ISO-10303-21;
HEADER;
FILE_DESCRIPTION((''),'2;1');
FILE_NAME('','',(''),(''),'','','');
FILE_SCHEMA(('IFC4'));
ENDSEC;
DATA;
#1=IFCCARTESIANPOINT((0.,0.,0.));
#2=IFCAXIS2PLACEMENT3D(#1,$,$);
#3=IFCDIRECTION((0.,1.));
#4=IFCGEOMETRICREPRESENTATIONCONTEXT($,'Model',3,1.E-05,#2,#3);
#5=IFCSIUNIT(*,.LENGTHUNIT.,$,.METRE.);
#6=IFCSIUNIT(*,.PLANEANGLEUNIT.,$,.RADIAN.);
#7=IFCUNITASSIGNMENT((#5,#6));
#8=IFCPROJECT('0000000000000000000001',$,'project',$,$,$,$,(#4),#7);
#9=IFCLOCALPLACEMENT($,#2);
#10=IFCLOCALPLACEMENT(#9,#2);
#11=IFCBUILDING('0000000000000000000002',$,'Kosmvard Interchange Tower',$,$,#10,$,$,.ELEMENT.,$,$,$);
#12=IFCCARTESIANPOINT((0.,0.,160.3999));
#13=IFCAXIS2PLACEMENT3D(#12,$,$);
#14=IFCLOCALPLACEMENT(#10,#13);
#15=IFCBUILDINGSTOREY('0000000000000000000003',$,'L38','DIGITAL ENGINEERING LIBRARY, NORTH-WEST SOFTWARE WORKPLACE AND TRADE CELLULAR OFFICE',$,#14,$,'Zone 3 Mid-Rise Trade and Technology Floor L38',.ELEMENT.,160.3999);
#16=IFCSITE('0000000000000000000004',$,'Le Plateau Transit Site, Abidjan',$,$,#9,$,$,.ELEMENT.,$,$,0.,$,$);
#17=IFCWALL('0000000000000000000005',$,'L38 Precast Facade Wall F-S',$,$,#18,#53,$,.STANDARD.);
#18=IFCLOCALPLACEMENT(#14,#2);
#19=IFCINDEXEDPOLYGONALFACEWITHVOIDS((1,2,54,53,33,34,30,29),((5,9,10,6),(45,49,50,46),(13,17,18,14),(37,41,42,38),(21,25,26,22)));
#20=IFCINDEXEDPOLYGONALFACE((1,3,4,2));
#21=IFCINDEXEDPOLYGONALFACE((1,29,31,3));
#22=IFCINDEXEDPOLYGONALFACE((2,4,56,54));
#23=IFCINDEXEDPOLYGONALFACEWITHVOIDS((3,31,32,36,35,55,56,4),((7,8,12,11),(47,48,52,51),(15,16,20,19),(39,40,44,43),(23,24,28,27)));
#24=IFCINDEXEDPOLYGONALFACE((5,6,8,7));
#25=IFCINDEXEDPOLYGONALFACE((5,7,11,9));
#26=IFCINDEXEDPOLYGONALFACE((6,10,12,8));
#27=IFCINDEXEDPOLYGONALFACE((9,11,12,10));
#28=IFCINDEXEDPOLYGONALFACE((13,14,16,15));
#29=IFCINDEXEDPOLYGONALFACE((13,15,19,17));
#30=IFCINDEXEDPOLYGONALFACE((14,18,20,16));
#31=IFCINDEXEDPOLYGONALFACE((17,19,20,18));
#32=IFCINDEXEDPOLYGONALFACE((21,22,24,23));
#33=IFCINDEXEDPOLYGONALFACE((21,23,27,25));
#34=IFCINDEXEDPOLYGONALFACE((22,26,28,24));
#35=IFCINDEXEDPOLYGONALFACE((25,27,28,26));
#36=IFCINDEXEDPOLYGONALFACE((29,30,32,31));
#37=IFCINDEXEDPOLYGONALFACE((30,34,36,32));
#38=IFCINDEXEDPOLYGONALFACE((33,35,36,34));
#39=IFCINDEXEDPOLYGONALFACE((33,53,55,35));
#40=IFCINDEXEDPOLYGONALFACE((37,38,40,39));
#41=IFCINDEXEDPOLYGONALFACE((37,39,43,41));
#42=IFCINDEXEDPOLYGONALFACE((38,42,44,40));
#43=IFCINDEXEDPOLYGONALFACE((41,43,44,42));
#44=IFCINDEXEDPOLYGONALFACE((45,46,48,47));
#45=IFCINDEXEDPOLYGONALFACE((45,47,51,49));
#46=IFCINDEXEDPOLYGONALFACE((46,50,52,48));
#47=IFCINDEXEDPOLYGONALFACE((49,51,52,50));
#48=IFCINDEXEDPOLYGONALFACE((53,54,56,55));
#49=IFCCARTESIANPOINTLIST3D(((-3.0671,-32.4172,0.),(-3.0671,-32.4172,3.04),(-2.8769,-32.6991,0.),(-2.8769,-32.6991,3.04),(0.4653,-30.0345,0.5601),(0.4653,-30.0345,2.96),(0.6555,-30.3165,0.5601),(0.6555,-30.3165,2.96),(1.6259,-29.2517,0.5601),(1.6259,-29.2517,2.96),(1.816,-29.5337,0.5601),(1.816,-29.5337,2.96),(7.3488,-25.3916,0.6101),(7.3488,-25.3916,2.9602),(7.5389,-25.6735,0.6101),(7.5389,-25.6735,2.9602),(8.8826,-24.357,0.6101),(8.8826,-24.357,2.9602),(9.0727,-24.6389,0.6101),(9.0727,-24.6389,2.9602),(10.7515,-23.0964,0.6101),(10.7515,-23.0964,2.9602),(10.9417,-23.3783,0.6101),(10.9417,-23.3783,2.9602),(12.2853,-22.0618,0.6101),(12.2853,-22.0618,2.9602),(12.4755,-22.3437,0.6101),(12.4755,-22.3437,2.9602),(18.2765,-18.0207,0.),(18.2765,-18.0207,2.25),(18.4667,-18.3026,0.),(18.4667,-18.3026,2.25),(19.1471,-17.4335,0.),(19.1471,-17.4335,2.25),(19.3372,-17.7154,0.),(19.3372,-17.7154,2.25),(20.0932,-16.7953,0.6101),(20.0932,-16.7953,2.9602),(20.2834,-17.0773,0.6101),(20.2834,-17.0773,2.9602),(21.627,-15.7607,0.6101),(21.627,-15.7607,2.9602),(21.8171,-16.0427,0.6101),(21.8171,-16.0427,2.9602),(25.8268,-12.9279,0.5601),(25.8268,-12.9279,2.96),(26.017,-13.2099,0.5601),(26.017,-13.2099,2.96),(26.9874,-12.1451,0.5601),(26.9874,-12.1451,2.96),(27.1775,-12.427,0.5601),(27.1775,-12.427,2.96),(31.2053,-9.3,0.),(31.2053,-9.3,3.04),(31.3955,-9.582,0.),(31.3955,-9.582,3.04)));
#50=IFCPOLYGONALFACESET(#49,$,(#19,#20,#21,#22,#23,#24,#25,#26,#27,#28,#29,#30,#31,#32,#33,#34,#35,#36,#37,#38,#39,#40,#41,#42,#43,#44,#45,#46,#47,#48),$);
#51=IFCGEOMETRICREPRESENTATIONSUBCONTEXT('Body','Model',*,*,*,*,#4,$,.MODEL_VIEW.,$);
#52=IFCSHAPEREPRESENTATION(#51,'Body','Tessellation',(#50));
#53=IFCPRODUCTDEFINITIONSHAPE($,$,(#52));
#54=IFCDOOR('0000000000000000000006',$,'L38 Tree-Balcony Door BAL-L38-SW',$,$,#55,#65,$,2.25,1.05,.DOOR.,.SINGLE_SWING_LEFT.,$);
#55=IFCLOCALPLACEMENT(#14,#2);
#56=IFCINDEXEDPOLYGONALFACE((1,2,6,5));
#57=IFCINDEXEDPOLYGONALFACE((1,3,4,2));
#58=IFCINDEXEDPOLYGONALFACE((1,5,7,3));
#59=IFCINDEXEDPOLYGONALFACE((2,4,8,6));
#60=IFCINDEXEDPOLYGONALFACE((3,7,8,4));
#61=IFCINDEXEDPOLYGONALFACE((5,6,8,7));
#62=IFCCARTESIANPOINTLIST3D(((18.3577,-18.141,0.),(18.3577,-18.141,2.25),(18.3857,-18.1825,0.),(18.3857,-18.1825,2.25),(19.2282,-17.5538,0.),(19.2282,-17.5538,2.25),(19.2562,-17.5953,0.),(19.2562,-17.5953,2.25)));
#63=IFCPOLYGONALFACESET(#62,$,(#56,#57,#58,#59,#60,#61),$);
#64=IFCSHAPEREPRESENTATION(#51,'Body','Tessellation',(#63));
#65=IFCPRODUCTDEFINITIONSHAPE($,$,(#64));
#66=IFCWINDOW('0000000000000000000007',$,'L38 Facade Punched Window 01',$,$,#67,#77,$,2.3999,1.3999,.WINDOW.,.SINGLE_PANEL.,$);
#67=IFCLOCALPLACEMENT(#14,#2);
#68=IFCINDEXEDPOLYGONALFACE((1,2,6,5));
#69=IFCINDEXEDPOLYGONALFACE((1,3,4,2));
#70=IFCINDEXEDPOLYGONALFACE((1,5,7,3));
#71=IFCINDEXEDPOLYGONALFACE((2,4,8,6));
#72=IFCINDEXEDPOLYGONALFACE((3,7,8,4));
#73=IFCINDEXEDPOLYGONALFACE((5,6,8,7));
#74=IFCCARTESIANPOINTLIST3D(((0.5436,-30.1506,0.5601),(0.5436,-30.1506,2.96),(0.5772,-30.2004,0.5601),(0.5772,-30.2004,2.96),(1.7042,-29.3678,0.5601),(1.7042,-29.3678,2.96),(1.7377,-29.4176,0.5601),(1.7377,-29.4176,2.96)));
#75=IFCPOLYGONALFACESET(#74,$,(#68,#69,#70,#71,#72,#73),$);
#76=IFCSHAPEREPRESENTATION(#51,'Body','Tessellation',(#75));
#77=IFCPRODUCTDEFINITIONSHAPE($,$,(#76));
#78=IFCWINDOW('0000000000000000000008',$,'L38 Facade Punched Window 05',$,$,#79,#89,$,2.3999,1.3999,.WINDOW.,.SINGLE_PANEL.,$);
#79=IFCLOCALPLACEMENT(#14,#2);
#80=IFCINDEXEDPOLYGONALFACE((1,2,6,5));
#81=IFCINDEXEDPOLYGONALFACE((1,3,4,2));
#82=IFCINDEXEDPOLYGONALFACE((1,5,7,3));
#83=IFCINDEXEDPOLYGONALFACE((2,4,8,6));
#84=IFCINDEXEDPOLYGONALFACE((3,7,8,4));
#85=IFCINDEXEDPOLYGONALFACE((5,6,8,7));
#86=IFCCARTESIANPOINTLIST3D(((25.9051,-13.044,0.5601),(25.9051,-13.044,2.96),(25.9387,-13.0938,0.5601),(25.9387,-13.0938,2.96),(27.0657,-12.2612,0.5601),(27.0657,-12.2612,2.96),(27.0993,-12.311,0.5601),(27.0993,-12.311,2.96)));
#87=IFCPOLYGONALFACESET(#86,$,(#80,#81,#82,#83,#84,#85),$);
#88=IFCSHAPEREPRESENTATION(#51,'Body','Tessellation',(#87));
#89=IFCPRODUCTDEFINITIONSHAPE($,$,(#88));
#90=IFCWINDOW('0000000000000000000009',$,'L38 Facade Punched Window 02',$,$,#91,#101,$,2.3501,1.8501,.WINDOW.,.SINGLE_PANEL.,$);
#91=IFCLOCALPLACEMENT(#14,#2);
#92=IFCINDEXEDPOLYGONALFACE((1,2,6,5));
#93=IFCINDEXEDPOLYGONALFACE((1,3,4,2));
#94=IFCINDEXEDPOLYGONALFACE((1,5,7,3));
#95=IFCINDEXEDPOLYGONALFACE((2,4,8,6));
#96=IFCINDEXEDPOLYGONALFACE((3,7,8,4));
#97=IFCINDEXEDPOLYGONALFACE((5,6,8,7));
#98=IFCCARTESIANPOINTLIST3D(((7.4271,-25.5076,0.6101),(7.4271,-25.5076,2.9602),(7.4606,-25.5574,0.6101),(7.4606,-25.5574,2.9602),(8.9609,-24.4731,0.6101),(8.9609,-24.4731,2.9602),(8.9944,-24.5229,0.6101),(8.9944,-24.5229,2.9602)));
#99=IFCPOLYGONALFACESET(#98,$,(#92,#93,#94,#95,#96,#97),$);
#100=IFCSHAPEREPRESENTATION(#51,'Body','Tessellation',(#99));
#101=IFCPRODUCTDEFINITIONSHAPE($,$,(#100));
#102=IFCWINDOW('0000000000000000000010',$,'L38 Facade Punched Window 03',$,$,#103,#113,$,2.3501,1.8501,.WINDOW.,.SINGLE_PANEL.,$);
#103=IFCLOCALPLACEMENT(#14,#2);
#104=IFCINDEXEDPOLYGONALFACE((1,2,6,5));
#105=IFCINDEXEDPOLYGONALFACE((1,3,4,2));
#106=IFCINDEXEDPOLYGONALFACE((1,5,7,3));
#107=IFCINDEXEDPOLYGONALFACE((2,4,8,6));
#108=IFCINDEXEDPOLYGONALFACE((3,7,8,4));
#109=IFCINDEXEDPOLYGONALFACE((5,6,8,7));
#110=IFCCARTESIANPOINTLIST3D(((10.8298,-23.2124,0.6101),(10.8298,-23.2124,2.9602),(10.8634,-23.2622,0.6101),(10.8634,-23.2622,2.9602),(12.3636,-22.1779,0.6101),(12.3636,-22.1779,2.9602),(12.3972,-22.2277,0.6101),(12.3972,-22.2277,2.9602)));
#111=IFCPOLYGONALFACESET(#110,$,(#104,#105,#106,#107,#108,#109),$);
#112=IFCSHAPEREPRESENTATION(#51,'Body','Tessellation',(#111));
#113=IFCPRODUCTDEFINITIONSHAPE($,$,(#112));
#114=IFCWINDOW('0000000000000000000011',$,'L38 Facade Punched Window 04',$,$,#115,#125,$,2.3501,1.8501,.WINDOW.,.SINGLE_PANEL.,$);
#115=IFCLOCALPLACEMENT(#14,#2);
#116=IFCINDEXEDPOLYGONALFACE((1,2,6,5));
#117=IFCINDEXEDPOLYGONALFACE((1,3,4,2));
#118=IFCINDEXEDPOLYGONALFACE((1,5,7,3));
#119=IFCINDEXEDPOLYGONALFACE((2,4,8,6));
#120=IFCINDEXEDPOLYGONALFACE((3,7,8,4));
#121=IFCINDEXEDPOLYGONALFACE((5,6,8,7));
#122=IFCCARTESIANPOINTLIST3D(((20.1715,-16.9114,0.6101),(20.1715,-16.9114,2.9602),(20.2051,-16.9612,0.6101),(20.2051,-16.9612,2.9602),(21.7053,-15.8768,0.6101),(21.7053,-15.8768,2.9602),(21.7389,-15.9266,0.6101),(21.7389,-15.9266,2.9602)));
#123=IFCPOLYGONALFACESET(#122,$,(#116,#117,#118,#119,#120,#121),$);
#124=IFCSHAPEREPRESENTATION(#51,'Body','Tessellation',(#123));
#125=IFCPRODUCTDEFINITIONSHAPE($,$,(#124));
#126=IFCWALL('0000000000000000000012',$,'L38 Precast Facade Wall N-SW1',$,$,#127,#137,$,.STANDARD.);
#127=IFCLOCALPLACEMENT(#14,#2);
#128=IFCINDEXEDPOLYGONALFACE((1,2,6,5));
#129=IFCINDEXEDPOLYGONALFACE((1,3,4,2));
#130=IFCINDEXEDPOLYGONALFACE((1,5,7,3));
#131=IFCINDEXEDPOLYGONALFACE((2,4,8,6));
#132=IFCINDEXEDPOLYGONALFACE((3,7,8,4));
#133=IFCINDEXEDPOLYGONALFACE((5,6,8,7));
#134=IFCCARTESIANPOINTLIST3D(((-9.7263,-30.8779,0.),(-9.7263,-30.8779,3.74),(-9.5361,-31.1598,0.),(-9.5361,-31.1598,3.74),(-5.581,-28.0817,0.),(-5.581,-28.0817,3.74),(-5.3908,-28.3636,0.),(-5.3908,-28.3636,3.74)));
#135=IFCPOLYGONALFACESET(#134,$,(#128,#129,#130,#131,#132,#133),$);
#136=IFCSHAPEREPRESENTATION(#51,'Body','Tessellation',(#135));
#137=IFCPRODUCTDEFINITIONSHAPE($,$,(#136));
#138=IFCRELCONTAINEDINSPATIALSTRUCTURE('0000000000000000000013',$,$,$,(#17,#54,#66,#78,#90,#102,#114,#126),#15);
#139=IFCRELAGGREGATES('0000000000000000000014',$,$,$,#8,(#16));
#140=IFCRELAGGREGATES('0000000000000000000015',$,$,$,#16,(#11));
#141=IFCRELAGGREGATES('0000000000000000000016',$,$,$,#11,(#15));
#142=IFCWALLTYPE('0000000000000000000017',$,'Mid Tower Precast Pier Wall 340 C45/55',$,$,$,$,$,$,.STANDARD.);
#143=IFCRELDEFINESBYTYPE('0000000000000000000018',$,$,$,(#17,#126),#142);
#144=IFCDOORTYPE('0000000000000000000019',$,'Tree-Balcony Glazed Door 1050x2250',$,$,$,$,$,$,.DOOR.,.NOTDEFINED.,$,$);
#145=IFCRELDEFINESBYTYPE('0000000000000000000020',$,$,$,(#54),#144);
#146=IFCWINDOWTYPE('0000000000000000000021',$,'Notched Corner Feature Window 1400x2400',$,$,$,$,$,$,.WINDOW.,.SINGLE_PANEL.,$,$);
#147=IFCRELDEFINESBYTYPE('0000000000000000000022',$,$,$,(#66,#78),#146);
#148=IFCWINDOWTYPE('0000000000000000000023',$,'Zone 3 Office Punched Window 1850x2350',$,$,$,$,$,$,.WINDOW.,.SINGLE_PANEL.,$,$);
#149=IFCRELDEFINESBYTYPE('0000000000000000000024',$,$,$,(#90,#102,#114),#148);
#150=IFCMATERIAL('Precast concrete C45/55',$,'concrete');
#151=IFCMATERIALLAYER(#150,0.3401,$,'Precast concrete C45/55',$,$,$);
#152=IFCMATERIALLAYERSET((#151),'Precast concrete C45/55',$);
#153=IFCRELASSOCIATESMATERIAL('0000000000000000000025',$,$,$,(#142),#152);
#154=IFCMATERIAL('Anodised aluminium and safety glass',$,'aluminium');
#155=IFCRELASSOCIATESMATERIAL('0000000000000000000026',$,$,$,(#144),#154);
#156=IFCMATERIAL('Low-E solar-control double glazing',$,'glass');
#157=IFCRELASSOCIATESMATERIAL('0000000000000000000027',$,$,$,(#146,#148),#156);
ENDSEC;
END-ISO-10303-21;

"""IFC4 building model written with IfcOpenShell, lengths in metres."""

from ifc_helpers import new_model, si_unit, direction, frame, frame_2d, origin, place, context, subcontext, project, spatial, rectangle, extrude, source, transform, mapped, material, layer, layer_set, type_object, element, fill, save


model = new_model("IFC4")

# Units and contexts
model_context = context("Model", 3, precision=1e-05, world=origin(), true_north=direction((0.0, 1.0)))
body_context = subcontext(model_context, "Body", "Model", "MODEL_VIEW")
ifc_project = project(units=[si_unit("LENGTHUNIT", "METRE"), si_unit("PLANEANGLEUNIT", "RADIAN")], contexts=[model_context])

# Site, building, storey
site_placement = place(None, origin())
site = spatial("IfcSite", under=ifc_project, at=site_placement, Name="Le Plateau Transit Site, Abidjan", CompositionType="ELEMENT", RefElevation=0.0)
building_placement = place(site_placement, origin())
building = spatial("IfcBuilding", under=site, at=building_placement, Name="Kosmvard Interchange Tower", CompositionType="ELEMENT")
storey_placement = place(building_placement, frame((0.0, 0.0, 160.3999)))
storey = spatial("IfcBuildingStorey", under=building, at=storey_placement, Name="L38", Description="DIGITAL ENGINEERING LIBRARY, NORTH-WEST SOFTWARE WORKPLACE AND TRADE CELLULAR OFFICE", LongName="Zone 3 Mid-Rise Trade and Technology Floor L38", CompositionType="ELEMENT", Elevation=160.3999)

# Shared definitions
ifc_material_1 = material(Name="Precast concrete C45/55", Category="concrete")

# Wall, openings, door, windows
ifc_layer_1 = layer(ifc_material_1, 0.3401, Name="Precast concrete C45/55")
ifc_layer_set_1 = layer_set([ifc_layer_1], Name="Precast concrete C45/55")
wall_type_1 = type_object("IfcWallType", Name="Mid Tower Precast Pier Wall 340 C45/55", PredefinedType="STANDARD", material=ifc_layer_set_1)
wall_1_placement = place(storey_placement, frame((-2.9719, -32.5581, 0.0), z_axis=(0.0, 0.0, 1.0), x_axis=(0.829036, 0.559195, 0.0)))
wall_1 = element("IfcWall", 1, at=wall_1_placement, inside=storey, type_object=wall_type_1, Name="L38 Precast Facade Wall F-S", PredefinedType="STANDARD", context=body_context, shape_type="SweptSolid", body=[
    extrude(rectangle(XDim=41.3401, YDim=0.3401, at=frame_2d((20.6699, 0.0))), origin(), (0.0, 0.0, 1.0), 3.04),
])
opening_1_placement = place(wall_1_placement, frame((25.7451, 0.0, 0.0)))
opening_1 = element("IfcOpeningElement", 2, at=opening_1_placement, cuts=wall_1, PredefinedType="OPENING", context=body_context, shape_type="SweptSolid", body=[
    extrude(rectangle(XDim=1.05, YDim=2.25, at=frame_2d((0.5249, 1.125))), frame((0.0, 0.1802, 0.0), z_axis=(0.0, -1.0, 0.0), x_axis=(1.0, 0.0, 0.0)), (0.0, 0.0, 1.0), 0.3601),
])
opening_2_placement = place(wall_1_placement, frame((4.2607, 0.0, 0.5601)))
opening_2 = element("IfcOpeningElement", 3, at=opening_2_placement, cuts=wall_1, PredefinedType="OPENING", context=body_context, shape_type="SweptSolid", body=[
    extrude(rectangle(XDim=1.3999, YDim=2.3999, at=frame_2d((0.7, 1.2))), frame((0.0, 0.1802, 0.0), z_axis=(0.0, -1.0, 0.0), x_axis=(1.0, 0.0, 0.0)), (0.0, 0.0, 1.0), 0.3601),
])
opening_3_placement = place(wall_1_placement, frame((12.5637, 0.0, 0.6101)))
opening_3 = element("IfcOpeningElement", 4, at=opening_3_placement, cuts=wall_1, PredefinedType="OPENING", context=body_context, shape_type="SweptSolid", body=[
    extrude(rectangle(XDim=1.8501, YDim=2.3501, at=frame_2d((0.925, 1.175))), frame((0.0, 0.1802, 0.0), z_axis=(0.0, -1.0, 0.0), x_axis=(1.0, 0.0, 0.0)), (0.0, 0.0, 1.0), 0.3601),
])
opening_4_placement = place(wall_1_placement, frame((16.6682, 0.0, 0.6101)))
opening_4 = element("IfcOpeningElement", 5, at=opening_4_placement, cuts=wall_1, PredefinedType="OPENING", context=body_context, shape_type="SweptSolid", body=[
    extrude(rectangle(XDim=1.8501, YDim=2.3501, at=frame_2d((0.925, 1.175))), frame((0.0, 0.1802, 0.0), z_axis=(0.0, -1.0, 0.0), x_axis=(1.0, 0.0, 0.0)), (0.0, 0.0, 1.0), 0.3601),
])
opening_5_placement = place(wall_1_placement, frame((27.9363, 0.0, 0.6101)))
opening_5 = element("IfcOpeningElement", 6, at=opening_5_placement, cuts=wall_1, PredefinedType="OPENING", context=body_context, shape_type="SweptSolid", body=[
    extrude(rectangle(XDim=1.8501, YDim=2.3501, at=frame_2d((0.925, 1.175))), frame((0.0, 0.1802, 0.0), z_axis=(0.0, -1.0, 0.0), x_axis=(1.0, 0.0, 0.0)), (0.0, 0.0, 1.0), 0.3601),
])
opening_6_placement = place(wall_1_placement, frame((34.8523, 0.0, 0.5601)))
opening_6 = element("IfcOpeningElement", 7, at=opening_6_placement, cuts=wall_1, PredefinedType="OPENING", context=body_context, shape_type="SweptSolid", body=[
    extrude(rectangle(XDim=1.3999, YDim=2.3999, at=frame_2d((0.7, 1.2))), frame((0.0, 0.1802, 0.0), z_axis=(0.0, -1.0, 0.0), x_axis=(1.0, 0.0, 0.0)), (0.0, 0.0, 1.0), 0.3601),
])
ifc_material_2 = material(Name="Anodised aluminium and safety glass", Category="aluminium")
door_type = type_object("IfcDoorType", Name="Tree-Balcony Glazed Door 1050x2250", OperationType="NOTDEFINED", PredefinedType="DOOR", material=ifc_material_2)
shared_shape_1 = source(origin(), body_context, "Body", "SweptSolid", [
    extrude(rectangle(XDim=1.05, YDim=2.25, at=frame_2d((0.5249, 1.125))), frame((0.0, 0.0249, 0.0), z_axis=(0.0, -1.0, 0.0), x_axis=(1.0, 0.0, 0.0)), (0.0, 0.0, 1.0), 0.05),
])
door_placement = place(opening_1_placement, origin())
door = element("IfcDoor", 8, at=door_placement, inside=storey, type_object=door_type, Name="L38 Tree-Balcony Door BAL-L38-SW", OperationType="SINGLE_SWING_LEFT", OverallHeight=2.25, OverallWidth=1.05, PredefinedType="DOOR", context=body_context, shape_type="MappedRepresentation", body=[
    mapped(shared_shape_1, transform((0.0, 0.0, 0.0), scale=1.0)),
])
fill(opening_1, door)
ifc_material_3 = material(Name="Low-E solar-control double glazing", Category="glass")
window_type_1 = type_object("IfcWindowType", Name="Notched Corner Feature Window 1400x2400", PartitioningType="SINGLE_PANEL", PredefinedType="WINDOW", material=ifc_material_3)
shared_shape_2 = source(origin(), body_context, "Body", "SweptSolid", [
    extrude(rectangle(XDim=1.3999, YDim=2.3999, at=frame_2d((0.7, 1.2))), frame((0.0, 0.03, 0.0), z_axis=(0.0, -1.0, 0.0), x_axis=(1.0, 0.0, 0.0)), (0.0, 0.0, 1.0), 0.0601),
])
window_1_placement = place(opening_2_placement, origin())
window_1 = element("IfcWindow", 9, at=window_1_placement, inside=storey, type_object=window_type_1, Name="L38 Facade Punched Window 01", OverallHeight=2.3999, OverallWidth=1.3999, PartitioningType="SINGLE_PANEL", PredefinedType="WINDOW", context=body_context, shape_type="MappedRepresentation", body=[
    mapped(shared_shape_2, transform((0.0, 0.0, 0.0), scale=1.0)),
])
fill(opening_2, window_1)
window_2_placement = place(opening_6_placement, origin())
window_2 = element("IfcWindow", 10, at=window_2_placement, inside=storey, type_object=window_type_1, Name="L38 Facade Punched Window 05", OverallHeight=2.3999, OverallWidth=1.3999, PartitioningType="SINGLE_PANEL", PredefinedType="WINDOW", context=body_context, shape_type="MappedRepresentation", body=[
    mapped(shared_shape_2, transform((0.0, 0.0, 0.0), scale=1.0)),
])
fill(opening_6, window_2)
window_type_2 = type_object("IfcWindowType", Name="Zone 3 Office Punched Window 1850x2350", PartitioningType="SINGLE_PANEL", PredefinedType="WINDOW", material=ifc_material_3)
shared_shape_3 = source(origin(), body_context, "Body", "SweptSolid", [
    extrude(rectangle(XDim=1.8501, YDim=2.3501, at=frame_2d((0.925, 1.175))), frame((0.0, 0.03, 0.0), z_axis=(0.0, -1.0, 0.0), x_axis=(1.0, 0.0, 0.0)), (0.0, 0.0, 1.0), 0.0601),
])
window_3_placement = place(opening_3_placement, origin())
window_3 = element("IfcWindow", 11, at=window_3_placement, inside=storey, type_object=window_type_2, Name="L38 Facade Punched Window 02", OverallHeight=2.3501, OverallWidth=1.8501, PartitioningType="SINGLE_PANEL", PredefinedType="WINDOW", context=body_context, shape_type="MappedRepresentation", body=[
    mapped(shared_shape_3, transform((0.0, 0.0, 0.0), scale=1.0)),
])
fill(opening_3, window_3)
window_4_placement = place(opening_4_placement, origin())
window_4 = element("IfcWindow", 12, at=window_4_placement, inside=storey, type_object=window_type_2, Name="L38 Facade Punched Window 03", OverallHeight=2.3501, OverallWidth=1.8501, PartitioningType="SINGLE_PANEL", PredefinedType="WINDOW", context=body_context, shape_type="MappedRepresentation", body=[
    mapped(shared_shape_3, transform((0.0, 0.0, 0.0), scale=1.0)),
])
fill(opening_4, window_4)
window_5_placement = place(opening_5_placement, origin())
window_5 = element("IfcWindow", 13, at=window_5_placement, inside=storey, type_object=window_type_2, Name="L38 Facade Punched Window 04", OverallHeight=2.3501, OverallWidth=1.8501, PartitioningType="SINGLE_PANEL", PredefinedType="WINDOW", context=body_context, shape_type="MappedRepresentation", body=[
    mapped(shared_shape_3, transform((0.0, 0.0, 0.0), scale=1.0)),
])
fill(opening_5, window_5)

# Wall
wall_2_placement = place(storey_placement, frame((-9.6311, -31.0188, 0.0), z_axis=(0.0, 0.0, 1.0), x_axis=(0.829026, 0.55921, 0.0)))
element("IfcWall", 14, at=wall_2_placement, inside=storey, type_object=wall_type_1, Name="L38 Precast Facade Wall N-SW1", PredefinedType="STANDARD", context=body_context, shape_type="SweptSolid", body=[
    extrude(rectangle(XDim=5.0002, YDim=0.3401, at=frame_2d((2.5, 0.0))), origin(), (0.0, 0.0, 1.0), 3.74),
])

save(model, "model.ifc")
